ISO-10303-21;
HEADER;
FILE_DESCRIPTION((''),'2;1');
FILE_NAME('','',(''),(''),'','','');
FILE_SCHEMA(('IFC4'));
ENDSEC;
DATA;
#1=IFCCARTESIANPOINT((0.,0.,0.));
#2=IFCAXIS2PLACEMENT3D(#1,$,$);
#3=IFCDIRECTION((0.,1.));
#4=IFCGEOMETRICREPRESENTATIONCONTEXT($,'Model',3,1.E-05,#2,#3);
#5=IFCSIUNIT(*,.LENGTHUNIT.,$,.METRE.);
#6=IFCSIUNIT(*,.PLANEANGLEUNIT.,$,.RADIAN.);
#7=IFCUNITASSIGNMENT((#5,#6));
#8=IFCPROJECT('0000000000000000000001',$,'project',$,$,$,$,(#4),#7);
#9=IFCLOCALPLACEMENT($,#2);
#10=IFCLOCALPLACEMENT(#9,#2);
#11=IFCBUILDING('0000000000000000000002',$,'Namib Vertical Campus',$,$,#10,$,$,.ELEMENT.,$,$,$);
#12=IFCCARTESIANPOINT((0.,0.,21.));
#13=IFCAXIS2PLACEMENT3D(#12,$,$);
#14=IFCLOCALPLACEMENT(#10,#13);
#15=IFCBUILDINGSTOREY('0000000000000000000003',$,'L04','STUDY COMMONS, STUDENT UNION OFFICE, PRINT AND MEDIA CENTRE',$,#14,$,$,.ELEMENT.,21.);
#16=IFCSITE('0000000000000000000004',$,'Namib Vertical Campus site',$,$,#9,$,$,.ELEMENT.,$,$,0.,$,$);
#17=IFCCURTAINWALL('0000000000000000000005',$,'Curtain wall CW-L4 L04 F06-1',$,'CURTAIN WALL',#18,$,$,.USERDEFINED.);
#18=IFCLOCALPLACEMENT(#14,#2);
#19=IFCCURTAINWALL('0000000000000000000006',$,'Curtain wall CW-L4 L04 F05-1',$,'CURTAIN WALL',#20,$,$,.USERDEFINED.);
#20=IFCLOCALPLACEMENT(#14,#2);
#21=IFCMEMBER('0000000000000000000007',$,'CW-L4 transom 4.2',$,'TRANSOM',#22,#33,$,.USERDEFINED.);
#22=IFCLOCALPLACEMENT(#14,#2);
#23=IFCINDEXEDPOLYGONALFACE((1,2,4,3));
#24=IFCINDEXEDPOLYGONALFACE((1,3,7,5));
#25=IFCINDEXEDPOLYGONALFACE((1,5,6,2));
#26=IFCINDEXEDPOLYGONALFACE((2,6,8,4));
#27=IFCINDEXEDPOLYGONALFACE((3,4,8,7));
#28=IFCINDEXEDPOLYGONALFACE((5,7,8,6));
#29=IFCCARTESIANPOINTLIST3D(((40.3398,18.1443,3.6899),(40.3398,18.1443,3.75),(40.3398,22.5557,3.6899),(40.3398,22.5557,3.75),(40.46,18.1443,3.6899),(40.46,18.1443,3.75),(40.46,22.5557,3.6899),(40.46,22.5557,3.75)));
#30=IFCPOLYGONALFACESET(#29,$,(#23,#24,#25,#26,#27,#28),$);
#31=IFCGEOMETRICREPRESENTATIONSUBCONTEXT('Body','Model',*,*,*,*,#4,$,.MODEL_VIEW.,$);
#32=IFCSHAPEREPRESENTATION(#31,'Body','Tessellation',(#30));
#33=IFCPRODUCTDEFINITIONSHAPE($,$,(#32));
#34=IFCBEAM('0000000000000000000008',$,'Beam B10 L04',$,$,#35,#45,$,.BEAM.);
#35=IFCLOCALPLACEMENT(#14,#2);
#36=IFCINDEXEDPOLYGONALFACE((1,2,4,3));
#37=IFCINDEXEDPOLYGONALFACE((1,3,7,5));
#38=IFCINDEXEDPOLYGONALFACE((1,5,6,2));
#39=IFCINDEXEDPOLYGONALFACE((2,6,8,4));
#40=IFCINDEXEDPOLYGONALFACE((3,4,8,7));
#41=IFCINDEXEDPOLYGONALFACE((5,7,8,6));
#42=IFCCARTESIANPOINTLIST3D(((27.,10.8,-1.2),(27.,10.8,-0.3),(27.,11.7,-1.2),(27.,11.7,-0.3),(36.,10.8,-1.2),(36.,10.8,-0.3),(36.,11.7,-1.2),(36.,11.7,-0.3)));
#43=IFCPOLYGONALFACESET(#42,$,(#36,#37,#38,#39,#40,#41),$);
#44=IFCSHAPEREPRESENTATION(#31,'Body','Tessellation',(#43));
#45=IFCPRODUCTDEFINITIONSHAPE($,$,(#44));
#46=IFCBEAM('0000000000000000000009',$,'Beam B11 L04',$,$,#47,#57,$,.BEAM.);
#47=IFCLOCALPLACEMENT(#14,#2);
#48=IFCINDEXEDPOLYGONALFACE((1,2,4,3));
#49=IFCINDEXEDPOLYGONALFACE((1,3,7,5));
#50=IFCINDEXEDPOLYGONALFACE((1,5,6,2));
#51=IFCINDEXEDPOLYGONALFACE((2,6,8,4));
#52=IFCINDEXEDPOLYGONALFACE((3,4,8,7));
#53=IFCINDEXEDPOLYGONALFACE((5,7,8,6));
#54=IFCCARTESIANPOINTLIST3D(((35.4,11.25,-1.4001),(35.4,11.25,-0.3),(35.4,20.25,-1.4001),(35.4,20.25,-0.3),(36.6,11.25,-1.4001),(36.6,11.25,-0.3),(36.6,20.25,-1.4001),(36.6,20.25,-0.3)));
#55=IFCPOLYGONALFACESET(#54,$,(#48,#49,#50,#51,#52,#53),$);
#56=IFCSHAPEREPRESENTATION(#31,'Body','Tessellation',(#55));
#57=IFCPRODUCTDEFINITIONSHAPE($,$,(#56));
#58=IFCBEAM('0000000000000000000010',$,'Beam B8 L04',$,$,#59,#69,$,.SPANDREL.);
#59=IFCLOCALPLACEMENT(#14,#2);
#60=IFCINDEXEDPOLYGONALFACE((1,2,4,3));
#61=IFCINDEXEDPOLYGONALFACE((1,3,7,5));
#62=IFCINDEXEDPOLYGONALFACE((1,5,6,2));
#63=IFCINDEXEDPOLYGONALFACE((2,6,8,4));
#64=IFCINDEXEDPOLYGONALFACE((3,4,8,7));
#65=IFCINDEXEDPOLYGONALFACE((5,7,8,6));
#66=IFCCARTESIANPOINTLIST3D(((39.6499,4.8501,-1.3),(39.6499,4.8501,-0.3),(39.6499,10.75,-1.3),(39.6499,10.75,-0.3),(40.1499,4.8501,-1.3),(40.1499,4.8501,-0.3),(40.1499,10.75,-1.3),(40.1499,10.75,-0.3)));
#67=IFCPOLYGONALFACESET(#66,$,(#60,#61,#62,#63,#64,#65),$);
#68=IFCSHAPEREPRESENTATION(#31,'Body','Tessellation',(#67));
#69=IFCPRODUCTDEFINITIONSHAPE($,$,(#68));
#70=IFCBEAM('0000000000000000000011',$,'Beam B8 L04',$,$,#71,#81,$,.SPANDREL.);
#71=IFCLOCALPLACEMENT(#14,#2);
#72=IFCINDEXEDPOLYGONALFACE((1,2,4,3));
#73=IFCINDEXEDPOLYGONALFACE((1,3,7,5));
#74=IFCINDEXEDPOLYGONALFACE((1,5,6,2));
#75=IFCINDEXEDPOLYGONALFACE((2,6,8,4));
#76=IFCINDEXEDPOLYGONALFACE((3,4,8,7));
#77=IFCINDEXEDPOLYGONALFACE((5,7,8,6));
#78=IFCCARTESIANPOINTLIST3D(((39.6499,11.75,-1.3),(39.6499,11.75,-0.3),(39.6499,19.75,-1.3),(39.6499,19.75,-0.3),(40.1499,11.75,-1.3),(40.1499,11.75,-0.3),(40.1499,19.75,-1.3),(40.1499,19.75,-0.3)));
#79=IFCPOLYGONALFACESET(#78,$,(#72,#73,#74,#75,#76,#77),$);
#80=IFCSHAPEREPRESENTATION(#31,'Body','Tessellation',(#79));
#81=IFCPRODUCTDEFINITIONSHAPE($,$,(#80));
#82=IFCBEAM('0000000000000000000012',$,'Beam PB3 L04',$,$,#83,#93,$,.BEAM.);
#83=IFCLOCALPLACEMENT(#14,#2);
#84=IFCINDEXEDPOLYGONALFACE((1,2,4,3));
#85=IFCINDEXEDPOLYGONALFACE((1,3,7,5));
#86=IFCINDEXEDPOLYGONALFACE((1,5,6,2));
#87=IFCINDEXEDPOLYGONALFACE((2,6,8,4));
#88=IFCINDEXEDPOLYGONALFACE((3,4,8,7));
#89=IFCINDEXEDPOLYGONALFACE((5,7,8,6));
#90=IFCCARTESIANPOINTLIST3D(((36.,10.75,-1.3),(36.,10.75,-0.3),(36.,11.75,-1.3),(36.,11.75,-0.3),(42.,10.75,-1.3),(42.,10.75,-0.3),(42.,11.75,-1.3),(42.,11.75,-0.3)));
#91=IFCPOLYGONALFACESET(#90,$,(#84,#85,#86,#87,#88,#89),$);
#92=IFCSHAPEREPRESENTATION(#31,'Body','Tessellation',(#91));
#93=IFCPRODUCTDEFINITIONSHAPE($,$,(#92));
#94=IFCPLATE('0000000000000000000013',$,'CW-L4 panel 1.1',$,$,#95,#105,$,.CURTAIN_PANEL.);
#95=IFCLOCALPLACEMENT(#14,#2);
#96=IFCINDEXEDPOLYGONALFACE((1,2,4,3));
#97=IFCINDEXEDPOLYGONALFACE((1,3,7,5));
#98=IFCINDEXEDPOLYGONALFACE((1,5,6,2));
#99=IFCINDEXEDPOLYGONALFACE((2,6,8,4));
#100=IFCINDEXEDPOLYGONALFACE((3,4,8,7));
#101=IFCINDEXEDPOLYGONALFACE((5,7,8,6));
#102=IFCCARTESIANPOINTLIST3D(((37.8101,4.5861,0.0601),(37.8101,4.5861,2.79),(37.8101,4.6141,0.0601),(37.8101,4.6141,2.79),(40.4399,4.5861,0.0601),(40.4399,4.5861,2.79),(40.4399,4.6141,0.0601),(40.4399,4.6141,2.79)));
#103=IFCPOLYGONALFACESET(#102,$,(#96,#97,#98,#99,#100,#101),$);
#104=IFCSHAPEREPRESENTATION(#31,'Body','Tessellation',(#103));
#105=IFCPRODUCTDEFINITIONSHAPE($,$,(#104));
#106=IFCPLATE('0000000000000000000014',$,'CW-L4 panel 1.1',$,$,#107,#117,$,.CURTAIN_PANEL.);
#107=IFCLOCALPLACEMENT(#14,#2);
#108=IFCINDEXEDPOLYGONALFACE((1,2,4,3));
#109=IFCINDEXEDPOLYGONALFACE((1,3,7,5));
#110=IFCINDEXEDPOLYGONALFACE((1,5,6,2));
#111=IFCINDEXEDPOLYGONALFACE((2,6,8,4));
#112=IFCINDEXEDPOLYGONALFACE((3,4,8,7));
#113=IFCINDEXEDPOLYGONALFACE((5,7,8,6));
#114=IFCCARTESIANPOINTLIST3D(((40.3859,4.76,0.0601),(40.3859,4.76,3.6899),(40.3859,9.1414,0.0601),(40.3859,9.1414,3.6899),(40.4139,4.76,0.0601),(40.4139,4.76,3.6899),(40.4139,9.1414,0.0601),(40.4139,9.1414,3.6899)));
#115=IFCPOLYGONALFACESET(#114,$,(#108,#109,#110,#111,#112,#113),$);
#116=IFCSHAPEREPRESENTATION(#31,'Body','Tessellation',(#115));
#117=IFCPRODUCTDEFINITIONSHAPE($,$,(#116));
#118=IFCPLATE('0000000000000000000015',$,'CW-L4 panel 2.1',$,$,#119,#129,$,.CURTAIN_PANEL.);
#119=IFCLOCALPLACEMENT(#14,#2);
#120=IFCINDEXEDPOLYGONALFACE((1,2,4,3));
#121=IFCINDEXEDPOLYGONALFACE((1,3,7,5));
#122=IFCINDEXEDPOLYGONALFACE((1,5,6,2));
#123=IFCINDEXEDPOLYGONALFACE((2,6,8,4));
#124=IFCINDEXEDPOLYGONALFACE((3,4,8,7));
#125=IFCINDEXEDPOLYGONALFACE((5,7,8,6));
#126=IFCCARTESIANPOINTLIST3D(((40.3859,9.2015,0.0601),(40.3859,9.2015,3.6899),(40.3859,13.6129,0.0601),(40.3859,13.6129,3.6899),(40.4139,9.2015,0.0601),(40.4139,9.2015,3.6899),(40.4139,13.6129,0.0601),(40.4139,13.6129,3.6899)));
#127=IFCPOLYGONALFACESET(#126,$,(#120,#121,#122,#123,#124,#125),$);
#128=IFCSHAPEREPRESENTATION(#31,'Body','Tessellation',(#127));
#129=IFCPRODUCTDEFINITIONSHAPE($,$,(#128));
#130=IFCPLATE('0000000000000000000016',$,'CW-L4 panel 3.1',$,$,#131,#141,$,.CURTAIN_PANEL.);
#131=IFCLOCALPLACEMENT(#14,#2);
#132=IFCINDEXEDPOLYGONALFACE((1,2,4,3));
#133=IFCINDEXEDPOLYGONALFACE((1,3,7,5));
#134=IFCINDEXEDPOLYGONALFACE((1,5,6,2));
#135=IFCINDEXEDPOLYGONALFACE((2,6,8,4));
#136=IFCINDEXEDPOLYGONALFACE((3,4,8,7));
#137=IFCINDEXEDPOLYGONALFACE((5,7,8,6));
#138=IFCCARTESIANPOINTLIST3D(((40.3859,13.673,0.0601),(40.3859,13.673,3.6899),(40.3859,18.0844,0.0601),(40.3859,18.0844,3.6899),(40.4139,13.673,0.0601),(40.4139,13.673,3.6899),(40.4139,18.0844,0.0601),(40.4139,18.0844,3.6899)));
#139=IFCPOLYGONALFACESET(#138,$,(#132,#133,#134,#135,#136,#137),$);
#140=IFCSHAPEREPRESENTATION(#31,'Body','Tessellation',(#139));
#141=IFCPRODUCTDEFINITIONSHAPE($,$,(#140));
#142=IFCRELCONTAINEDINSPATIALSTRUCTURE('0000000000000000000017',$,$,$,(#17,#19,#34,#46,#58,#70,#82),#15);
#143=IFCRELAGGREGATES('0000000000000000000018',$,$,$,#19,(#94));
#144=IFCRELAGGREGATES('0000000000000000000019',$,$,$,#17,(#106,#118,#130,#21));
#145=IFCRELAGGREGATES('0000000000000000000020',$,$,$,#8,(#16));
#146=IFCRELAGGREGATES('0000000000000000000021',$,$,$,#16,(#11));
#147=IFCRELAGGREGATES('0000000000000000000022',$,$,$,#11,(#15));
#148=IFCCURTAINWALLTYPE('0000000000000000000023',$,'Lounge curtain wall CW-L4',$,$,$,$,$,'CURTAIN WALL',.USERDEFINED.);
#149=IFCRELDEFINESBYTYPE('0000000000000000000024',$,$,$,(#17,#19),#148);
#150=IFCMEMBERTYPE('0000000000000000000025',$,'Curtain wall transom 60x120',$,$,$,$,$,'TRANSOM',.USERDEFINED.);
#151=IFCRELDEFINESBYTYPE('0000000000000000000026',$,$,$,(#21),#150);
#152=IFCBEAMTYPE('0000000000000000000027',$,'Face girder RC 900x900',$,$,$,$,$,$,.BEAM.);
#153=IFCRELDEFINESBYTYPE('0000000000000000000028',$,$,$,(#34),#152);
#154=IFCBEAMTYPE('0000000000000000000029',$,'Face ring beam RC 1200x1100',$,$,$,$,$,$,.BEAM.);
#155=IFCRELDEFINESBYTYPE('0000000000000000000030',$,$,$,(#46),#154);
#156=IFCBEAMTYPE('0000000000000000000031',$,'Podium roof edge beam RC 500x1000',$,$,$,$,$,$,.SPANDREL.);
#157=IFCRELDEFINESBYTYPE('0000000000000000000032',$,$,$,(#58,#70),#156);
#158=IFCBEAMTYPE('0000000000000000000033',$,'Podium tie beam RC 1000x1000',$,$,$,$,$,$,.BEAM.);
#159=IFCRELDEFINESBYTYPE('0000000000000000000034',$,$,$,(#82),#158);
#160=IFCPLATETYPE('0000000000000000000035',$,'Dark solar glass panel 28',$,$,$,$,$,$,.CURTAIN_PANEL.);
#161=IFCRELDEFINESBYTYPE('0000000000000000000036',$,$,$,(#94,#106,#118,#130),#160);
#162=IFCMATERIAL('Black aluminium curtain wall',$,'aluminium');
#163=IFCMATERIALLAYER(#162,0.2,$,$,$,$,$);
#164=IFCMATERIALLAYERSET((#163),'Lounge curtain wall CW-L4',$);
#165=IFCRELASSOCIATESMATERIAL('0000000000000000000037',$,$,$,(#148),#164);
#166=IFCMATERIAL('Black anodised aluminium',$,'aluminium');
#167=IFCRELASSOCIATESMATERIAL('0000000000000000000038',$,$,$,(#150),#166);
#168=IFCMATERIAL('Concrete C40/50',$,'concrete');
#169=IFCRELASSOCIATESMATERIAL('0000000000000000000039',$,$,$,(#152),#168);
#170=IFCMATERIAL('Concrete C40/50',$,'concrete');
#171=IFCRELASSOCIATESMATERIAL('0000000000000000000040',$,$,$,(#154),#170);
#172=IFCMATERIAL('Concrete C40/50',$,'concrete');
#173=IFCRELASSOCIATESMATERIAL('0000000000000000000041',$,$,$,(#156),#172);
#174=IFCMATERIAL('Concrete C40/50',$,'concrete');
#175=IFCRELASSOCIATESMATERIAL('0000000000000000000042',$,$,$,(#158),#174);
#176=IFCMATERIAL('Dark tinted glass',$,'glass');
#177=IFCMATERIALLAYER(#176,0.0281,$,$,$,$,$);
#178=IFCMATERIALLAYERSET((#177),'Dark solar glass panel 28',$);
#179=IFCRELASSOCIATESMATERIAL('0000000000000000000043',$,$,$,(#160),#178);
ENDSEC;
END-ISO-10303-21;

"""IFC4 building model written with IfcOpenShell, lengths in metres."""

from ifc_helpers import new_model, si_unit, direction, frame, origin, origin_2d, place, context, subcontext, project, spatial, rectangle, extrude, material, layer, layer_set, material_profile, profile_set, type_object, element, aggregate, save


model = new_model("IFC4")

# Units and contexts
model_context = context("Model", 3, precision=1e-05, world=origin(), true_north=direction((0.0, 1.0)))
body_context = subcontext(model_context, "Body", "Model", "MODEL_VIEW")
ifc_project = project(units=[si_unit("LENGTHUNIT", "METRE"), si_unit("PLANEANGLEUNIT", "RADIAN")], contexts=[model_context])

# Site, building, storey
site_placement = place(None, origin())
site = spatial("IfcSite", under=ifc_project, at=site_placement, Name="Namib Vertical Campus site", CompositionType="ELEMENT", RefElevation=0.0)
building_placement = place(site_placement, origin())
building = spatial("IfcBuilding", under=site, at=building_placement, Name="Namib Vertical Campus", CompositionType="ELEMENT")
storey_placement = place(building_placement, frame((0.0, 0.0, 21.0)))
storey = spatial("IfcBuildingStorey", under=building, at=storey_placement, Name="L04", Description="STUDY COMMONS, STUDENT UNION OFFICE, PRINT AND MEDIA CENTRE", CompositionType="ELEMENT", Elevation=21.0)

# Shared definitions
ifc_material_1 = material(Name="Black aluminium curtain wall", Category="aluminium")
ifc_layer_1 = layer(ifc_material_1, 0.2)
ifc_layer_set_1 = layer_set([ifc_layer_1], Name="Lounge curtain wall CW-L4")
curtain_wall_type = type_object("IfcCurtainWallType", Name="Lounge curtain wall CW-L4", ElementType="CURTAIN WALL", PredefinedType="USERDEFINED", material=ifc_layer_set_1)

# Curtain wall
curtain_wall_1_placement = place(storey_placement, origin())
curtain_wall_1 = element("IfcCurtainWall", 1, at=curtain_wall_1_placement, inside=storey, type_object=curtain_wall_type, Name="Curtain wall CW-L4 L04 F06-1", ObjectType="CURTAIN WALL", PredefinedType="USERDEFINED")

# Curtain wall
curtain_wall_2_placement = place(storey_placement, origin())
curtain_wall_2 = element("IfcCurtainWall", 2, at=curtain_wall_2_placement, inside=storey, type_object=curtain_wall_type, Name="Curtain wall CW-L4 L04 F05-1", ObjectType="CURTAIN WALL", PredefinedType="USERDEFINED")
ifc_material_2 = material(Name="Black anodised aluminium", Category="aluminium")
ifc_material_profile_1 = material_profile(ifc_material_2, rectangle(XDim=0.0601, YDim=0.1201, at=origin_2d()))
ifc_profile_set_1 = profile_set([ifc_material_profile_1], Name="Black anodised aluminium")
member_type_1 = type_object("IfcMemberType", Name="Curtain wall transom 60x120", ElementType="TRANSOM", PredefinedType="USERDEFINED", material=ifc_profile_set_1)

# Member
member_1_placement = place(storey_placement, frame((40.3999, 18.1443, 3.72), z_axis=(0.0, 1.0, 0.0), x_axis=(0.0, 0.0, 1.0)))
member_1 = element("IfcMember", 3, at=member_1_placement, type_object=member_type_1, Name="CW-L4 transom 4.2", ObjectType="TRANSOM", PredefinedType="USERDEFINED", context=body_context, shape_type="SweptSolid", body=[
    extrude(rectangle(XDim=0.0601, YDim=0.1201, at=origin_2d()), origin(), (0.0, 0.0, 1.0), 4.4114),
])

# Beams
ifc_material_3 = material(Name="Concrete C40/50", Category="concrete")
ifc_material_profile_2 = material_profile(ifc_material_3, rectangle(XDim=0.8999, YDim=0.8999, at=origin_2d()))
ifc_profile_set_2 = profile_set([ifc_material_profile_2], Name="Concrete C40/50")
beam_type_1 = type_object("IfcBeamType", Name="Face girder RC 900x900", PredefinedType="BEAM", material=ifc_profile_set_2)
beam_1_placement = place(storey_placement, frame((36.0, 11.25, -0.75), z_axis=(-1.0, 0.0, 0.0), x_axis=(0.0, -1.0, 0.0)))
element("IfcBeam", 4, at=beam_1_placement, inside=storey, type_object=beam_type_1, Name="Beam B10 L04", PredefinedType="BEAM", context=body_context, shape_type="SweptSolid", body=[
    extrude(rectangle(XDim=0.8999, YDim=0.8999, at=origin_2d()), origin(), (0.0, 0.0, 1.0), 9.0),
])
ifc_material_4 = material(Name="Concrete C40/50", Category="concrete")
ifc_material_profile_3 = material_profile(ifc_material_4, rectangle(XDim=1.2, YDim=1.1001, at=origin_2d()))
ifc_profile_set_3 = profile_set([ifc_material_profile_3], Name="Concrete C40/50")
beam_type_2 = type_object("IfcBeamType", Name="Face ring beam RC 1200x1100", PredefinedType="BEAM", material=ifc_profile_set_3)
beam_2_placement = place(storey_placement, frame((36.0, 11.25, -0.8501), z_axis=(0.0, 1.0, 0.0), x_axis=(-1.0, 0.0, 0.0)))
element("IfcBeam", 5, at=beam_2_placement, inside=storey, type_object=beam_type_2, Name="Beam B11 L04", PredefinedType="BEAM", context=body_context, shape_type="SweptSolid", body=[
    extrude(rectangle(XDim=1.2, YDim=1.1001, at=origin_2d()), origin(), (0.0, 0.0, 1.0), 9.0),
])
ifc_material_5 = material(Name="Concrete C40/50", Category="concrete")
ifc_material_profile_4 = material_profile(ifc_material_5, rectangle(XDim=0.5, YDim=1.0, at=origin_2d()))
ifc_profile_set_4 = profile_set([ifc_material_profile_4], Name="Concrete C40/50")
beam_type_3 = type_object("IfcBeamType", Name="Podium roof edge beam RC 500x1000", PredefinedType="SPANDREL", material=ifc_profile_set_4)
beam_3_placement = place(storey_placement, frame((39.8999, 4.8501, -0.8), z_axis=(0.0, 1.0, 0.0), x_axis=(-1.0, 0.0, 0.0)))
element("IfcBeam", 6, at=beam_3_placement, inside=storey, type_object=beam_type_3, Name="Beam B8 L04", PredefinedType="SPANDREL", context=body_context, shape_type="SweptSolid", body=[
    extrude(rectangle(XDim=0.5, YDim=1.0, at=origin_2d()), origin(), (0.0, 0.0, 1.0), 5.8999),
])
beam_4_placement = place(storey_placement, frame((39.8999, 11.75, -0.8), z_axis=(0.0, 1.0, 0.0), x_axis=(-1.0, 0.0, 0.0)))
element("IfcBeam", 7, at=beam_4_placement, inside=storey, type_object=beam_type_3, Name="Beam B8 L04", PredefinedType="SPANDREL", context=body_context, shape_type="SweptSolid", body=[
    extrude(rectangle(XDim=0.5, YDim=1.0, at=origin_2d()), origin(), (0.0, 0.0, 1.0), 8.0),
])
ifc_material_6 = material(Name="Concrete C40/50", Category="concrete")
ifc_material_profile_5 = material_profile(ifc_material_6, rectangle(XDim=1.0, YDim=1.0, at=origin_2d()))
ifc_profile_set_5 = profile_set([ifc_material_profile_5], Name="Concrete C40/50")
beam_type_4 = type_object("IfcBeamType", Name="Podium tie beam RC 1000x1000", PredefinedType="BEAM", material=ifc_profile_set_5)
beam_5_placement = place(storey_placement, frame((36.0, 11.25, -0.8), z_axis=(1.0, 0.0, 0.0), x_axis=(0.0, 1.0, 0.0)))
element("IfcBeam", 8, at=beam_5_placement, inside=storey, type_object=beam_type_4, Name="Beam PB3 L04", PredefinedType="BEAM", context=body_context, shape_type="SweptSolid", body=[
    extrude(rectangle(XDim=1.0, YDim=1.0, at=origin_2d()), origin(), (0.0, 0.0, 1.0), 6.0),
])

# Plates
ifc_material_7 = material(Name="Dark tinted glass", Category="glass")
ifc_layer_2 = layer(ifc_material_7, 0.0281)
ifc_layer_set_2 = layer_set([ifc_layer_2], Name="Dark solar glass panel 28")
plate_type = type_object("IfcPlateType", Name="Dark solar glass panel 28", PredefinedType="CURTAIN_PANEL", material=ifc_layer_set_2)
plate_1_placement = place(storey_placement, frame((39.125, 4.6001, 0.0601), z_axis=(0.0, 0.0, 1.0), x_axis=(1.0, 0.0, 0.0)))
plate_1 = element("IfcPlate", 9, at=plate_1_placement, type_object=plate_type, Name="CW-L4 panel 1.1", PredefinedType="CURTAIN_PANEL", context=body_context, shape_type="SweptSolid", body=[
    extrude(rectangle(XDim=2.6299, YDim=0.0281, at=origin_2d()), origin(), (0.0, 0.0, 1.0), 2.73),
])
aggregate(curtain_wall_2, [plate_1])
plate_2_placement = place(storey_placement, frame((40.3999, 6.9507, 0.0601), z_axis=(0.0, 0.0, 1.0), x_axis=(0.0, 1.0, 0.0)))
plate_2 = element("IfcPlate", 10, at=plate_2_placement, type_object=plate_type, Name="CW-L4 panel 1.1", PredefinedType="CURTAIN_PANEL", context=body_context, shape_type="SweptSolid", body=[
    extrude(rectangle(XDim=4.3813, YDim=0.0281, at=origin_2d()), origin(), (0.0, 0.0, 1.0), 3.6299),
])
plate_3_placement = place(storey_placement, frame((40.3999, 11.4072, 0.0601), z_axis=(0.0, 0.0, 1.0), x_axis=(0.0, 1.0, 0.0)))
plate_3 = element("IfcPlate", 11, at=plate_3_placement, type_object=plate_type, Name="CW-L4 panel 2.1", PredefinedType="CURTAIN_PANEL", context=body_context, shape_type="SweptSolid", body=[
    extrude(rectangle(XDim=4.4114, YDim=0.0281, at=origin_2d()), origin(), (0.0, 0.0, 1.0), 3.6299),
])
plate_4_placement = place(storey_placement, frame((40.3999, 15.8787, 0.0601), z_axis=(0.0, 0.0, 1.0), x_axis=(0.0, 1.0, 0.0)))
plate_4 = element("IfcPlate", 12, at=plate_4_placement, type_object=plate_type, Name="CW-L4 panel 3.1", PredefinedType="CURTAIN_PANEL", context=body_context, shape_type="SweptSolid", body=[
    extrude(rectangle(XDim=4.4114, YDim=0.0281, at=origin_2d()), origin(), (0.0, 0.0, 1.0), 3.6299),
])
aggregate(curtain_wall_1, [plate_2, plate_3, plate_4, member_1])

save(model, "model.ifc")
